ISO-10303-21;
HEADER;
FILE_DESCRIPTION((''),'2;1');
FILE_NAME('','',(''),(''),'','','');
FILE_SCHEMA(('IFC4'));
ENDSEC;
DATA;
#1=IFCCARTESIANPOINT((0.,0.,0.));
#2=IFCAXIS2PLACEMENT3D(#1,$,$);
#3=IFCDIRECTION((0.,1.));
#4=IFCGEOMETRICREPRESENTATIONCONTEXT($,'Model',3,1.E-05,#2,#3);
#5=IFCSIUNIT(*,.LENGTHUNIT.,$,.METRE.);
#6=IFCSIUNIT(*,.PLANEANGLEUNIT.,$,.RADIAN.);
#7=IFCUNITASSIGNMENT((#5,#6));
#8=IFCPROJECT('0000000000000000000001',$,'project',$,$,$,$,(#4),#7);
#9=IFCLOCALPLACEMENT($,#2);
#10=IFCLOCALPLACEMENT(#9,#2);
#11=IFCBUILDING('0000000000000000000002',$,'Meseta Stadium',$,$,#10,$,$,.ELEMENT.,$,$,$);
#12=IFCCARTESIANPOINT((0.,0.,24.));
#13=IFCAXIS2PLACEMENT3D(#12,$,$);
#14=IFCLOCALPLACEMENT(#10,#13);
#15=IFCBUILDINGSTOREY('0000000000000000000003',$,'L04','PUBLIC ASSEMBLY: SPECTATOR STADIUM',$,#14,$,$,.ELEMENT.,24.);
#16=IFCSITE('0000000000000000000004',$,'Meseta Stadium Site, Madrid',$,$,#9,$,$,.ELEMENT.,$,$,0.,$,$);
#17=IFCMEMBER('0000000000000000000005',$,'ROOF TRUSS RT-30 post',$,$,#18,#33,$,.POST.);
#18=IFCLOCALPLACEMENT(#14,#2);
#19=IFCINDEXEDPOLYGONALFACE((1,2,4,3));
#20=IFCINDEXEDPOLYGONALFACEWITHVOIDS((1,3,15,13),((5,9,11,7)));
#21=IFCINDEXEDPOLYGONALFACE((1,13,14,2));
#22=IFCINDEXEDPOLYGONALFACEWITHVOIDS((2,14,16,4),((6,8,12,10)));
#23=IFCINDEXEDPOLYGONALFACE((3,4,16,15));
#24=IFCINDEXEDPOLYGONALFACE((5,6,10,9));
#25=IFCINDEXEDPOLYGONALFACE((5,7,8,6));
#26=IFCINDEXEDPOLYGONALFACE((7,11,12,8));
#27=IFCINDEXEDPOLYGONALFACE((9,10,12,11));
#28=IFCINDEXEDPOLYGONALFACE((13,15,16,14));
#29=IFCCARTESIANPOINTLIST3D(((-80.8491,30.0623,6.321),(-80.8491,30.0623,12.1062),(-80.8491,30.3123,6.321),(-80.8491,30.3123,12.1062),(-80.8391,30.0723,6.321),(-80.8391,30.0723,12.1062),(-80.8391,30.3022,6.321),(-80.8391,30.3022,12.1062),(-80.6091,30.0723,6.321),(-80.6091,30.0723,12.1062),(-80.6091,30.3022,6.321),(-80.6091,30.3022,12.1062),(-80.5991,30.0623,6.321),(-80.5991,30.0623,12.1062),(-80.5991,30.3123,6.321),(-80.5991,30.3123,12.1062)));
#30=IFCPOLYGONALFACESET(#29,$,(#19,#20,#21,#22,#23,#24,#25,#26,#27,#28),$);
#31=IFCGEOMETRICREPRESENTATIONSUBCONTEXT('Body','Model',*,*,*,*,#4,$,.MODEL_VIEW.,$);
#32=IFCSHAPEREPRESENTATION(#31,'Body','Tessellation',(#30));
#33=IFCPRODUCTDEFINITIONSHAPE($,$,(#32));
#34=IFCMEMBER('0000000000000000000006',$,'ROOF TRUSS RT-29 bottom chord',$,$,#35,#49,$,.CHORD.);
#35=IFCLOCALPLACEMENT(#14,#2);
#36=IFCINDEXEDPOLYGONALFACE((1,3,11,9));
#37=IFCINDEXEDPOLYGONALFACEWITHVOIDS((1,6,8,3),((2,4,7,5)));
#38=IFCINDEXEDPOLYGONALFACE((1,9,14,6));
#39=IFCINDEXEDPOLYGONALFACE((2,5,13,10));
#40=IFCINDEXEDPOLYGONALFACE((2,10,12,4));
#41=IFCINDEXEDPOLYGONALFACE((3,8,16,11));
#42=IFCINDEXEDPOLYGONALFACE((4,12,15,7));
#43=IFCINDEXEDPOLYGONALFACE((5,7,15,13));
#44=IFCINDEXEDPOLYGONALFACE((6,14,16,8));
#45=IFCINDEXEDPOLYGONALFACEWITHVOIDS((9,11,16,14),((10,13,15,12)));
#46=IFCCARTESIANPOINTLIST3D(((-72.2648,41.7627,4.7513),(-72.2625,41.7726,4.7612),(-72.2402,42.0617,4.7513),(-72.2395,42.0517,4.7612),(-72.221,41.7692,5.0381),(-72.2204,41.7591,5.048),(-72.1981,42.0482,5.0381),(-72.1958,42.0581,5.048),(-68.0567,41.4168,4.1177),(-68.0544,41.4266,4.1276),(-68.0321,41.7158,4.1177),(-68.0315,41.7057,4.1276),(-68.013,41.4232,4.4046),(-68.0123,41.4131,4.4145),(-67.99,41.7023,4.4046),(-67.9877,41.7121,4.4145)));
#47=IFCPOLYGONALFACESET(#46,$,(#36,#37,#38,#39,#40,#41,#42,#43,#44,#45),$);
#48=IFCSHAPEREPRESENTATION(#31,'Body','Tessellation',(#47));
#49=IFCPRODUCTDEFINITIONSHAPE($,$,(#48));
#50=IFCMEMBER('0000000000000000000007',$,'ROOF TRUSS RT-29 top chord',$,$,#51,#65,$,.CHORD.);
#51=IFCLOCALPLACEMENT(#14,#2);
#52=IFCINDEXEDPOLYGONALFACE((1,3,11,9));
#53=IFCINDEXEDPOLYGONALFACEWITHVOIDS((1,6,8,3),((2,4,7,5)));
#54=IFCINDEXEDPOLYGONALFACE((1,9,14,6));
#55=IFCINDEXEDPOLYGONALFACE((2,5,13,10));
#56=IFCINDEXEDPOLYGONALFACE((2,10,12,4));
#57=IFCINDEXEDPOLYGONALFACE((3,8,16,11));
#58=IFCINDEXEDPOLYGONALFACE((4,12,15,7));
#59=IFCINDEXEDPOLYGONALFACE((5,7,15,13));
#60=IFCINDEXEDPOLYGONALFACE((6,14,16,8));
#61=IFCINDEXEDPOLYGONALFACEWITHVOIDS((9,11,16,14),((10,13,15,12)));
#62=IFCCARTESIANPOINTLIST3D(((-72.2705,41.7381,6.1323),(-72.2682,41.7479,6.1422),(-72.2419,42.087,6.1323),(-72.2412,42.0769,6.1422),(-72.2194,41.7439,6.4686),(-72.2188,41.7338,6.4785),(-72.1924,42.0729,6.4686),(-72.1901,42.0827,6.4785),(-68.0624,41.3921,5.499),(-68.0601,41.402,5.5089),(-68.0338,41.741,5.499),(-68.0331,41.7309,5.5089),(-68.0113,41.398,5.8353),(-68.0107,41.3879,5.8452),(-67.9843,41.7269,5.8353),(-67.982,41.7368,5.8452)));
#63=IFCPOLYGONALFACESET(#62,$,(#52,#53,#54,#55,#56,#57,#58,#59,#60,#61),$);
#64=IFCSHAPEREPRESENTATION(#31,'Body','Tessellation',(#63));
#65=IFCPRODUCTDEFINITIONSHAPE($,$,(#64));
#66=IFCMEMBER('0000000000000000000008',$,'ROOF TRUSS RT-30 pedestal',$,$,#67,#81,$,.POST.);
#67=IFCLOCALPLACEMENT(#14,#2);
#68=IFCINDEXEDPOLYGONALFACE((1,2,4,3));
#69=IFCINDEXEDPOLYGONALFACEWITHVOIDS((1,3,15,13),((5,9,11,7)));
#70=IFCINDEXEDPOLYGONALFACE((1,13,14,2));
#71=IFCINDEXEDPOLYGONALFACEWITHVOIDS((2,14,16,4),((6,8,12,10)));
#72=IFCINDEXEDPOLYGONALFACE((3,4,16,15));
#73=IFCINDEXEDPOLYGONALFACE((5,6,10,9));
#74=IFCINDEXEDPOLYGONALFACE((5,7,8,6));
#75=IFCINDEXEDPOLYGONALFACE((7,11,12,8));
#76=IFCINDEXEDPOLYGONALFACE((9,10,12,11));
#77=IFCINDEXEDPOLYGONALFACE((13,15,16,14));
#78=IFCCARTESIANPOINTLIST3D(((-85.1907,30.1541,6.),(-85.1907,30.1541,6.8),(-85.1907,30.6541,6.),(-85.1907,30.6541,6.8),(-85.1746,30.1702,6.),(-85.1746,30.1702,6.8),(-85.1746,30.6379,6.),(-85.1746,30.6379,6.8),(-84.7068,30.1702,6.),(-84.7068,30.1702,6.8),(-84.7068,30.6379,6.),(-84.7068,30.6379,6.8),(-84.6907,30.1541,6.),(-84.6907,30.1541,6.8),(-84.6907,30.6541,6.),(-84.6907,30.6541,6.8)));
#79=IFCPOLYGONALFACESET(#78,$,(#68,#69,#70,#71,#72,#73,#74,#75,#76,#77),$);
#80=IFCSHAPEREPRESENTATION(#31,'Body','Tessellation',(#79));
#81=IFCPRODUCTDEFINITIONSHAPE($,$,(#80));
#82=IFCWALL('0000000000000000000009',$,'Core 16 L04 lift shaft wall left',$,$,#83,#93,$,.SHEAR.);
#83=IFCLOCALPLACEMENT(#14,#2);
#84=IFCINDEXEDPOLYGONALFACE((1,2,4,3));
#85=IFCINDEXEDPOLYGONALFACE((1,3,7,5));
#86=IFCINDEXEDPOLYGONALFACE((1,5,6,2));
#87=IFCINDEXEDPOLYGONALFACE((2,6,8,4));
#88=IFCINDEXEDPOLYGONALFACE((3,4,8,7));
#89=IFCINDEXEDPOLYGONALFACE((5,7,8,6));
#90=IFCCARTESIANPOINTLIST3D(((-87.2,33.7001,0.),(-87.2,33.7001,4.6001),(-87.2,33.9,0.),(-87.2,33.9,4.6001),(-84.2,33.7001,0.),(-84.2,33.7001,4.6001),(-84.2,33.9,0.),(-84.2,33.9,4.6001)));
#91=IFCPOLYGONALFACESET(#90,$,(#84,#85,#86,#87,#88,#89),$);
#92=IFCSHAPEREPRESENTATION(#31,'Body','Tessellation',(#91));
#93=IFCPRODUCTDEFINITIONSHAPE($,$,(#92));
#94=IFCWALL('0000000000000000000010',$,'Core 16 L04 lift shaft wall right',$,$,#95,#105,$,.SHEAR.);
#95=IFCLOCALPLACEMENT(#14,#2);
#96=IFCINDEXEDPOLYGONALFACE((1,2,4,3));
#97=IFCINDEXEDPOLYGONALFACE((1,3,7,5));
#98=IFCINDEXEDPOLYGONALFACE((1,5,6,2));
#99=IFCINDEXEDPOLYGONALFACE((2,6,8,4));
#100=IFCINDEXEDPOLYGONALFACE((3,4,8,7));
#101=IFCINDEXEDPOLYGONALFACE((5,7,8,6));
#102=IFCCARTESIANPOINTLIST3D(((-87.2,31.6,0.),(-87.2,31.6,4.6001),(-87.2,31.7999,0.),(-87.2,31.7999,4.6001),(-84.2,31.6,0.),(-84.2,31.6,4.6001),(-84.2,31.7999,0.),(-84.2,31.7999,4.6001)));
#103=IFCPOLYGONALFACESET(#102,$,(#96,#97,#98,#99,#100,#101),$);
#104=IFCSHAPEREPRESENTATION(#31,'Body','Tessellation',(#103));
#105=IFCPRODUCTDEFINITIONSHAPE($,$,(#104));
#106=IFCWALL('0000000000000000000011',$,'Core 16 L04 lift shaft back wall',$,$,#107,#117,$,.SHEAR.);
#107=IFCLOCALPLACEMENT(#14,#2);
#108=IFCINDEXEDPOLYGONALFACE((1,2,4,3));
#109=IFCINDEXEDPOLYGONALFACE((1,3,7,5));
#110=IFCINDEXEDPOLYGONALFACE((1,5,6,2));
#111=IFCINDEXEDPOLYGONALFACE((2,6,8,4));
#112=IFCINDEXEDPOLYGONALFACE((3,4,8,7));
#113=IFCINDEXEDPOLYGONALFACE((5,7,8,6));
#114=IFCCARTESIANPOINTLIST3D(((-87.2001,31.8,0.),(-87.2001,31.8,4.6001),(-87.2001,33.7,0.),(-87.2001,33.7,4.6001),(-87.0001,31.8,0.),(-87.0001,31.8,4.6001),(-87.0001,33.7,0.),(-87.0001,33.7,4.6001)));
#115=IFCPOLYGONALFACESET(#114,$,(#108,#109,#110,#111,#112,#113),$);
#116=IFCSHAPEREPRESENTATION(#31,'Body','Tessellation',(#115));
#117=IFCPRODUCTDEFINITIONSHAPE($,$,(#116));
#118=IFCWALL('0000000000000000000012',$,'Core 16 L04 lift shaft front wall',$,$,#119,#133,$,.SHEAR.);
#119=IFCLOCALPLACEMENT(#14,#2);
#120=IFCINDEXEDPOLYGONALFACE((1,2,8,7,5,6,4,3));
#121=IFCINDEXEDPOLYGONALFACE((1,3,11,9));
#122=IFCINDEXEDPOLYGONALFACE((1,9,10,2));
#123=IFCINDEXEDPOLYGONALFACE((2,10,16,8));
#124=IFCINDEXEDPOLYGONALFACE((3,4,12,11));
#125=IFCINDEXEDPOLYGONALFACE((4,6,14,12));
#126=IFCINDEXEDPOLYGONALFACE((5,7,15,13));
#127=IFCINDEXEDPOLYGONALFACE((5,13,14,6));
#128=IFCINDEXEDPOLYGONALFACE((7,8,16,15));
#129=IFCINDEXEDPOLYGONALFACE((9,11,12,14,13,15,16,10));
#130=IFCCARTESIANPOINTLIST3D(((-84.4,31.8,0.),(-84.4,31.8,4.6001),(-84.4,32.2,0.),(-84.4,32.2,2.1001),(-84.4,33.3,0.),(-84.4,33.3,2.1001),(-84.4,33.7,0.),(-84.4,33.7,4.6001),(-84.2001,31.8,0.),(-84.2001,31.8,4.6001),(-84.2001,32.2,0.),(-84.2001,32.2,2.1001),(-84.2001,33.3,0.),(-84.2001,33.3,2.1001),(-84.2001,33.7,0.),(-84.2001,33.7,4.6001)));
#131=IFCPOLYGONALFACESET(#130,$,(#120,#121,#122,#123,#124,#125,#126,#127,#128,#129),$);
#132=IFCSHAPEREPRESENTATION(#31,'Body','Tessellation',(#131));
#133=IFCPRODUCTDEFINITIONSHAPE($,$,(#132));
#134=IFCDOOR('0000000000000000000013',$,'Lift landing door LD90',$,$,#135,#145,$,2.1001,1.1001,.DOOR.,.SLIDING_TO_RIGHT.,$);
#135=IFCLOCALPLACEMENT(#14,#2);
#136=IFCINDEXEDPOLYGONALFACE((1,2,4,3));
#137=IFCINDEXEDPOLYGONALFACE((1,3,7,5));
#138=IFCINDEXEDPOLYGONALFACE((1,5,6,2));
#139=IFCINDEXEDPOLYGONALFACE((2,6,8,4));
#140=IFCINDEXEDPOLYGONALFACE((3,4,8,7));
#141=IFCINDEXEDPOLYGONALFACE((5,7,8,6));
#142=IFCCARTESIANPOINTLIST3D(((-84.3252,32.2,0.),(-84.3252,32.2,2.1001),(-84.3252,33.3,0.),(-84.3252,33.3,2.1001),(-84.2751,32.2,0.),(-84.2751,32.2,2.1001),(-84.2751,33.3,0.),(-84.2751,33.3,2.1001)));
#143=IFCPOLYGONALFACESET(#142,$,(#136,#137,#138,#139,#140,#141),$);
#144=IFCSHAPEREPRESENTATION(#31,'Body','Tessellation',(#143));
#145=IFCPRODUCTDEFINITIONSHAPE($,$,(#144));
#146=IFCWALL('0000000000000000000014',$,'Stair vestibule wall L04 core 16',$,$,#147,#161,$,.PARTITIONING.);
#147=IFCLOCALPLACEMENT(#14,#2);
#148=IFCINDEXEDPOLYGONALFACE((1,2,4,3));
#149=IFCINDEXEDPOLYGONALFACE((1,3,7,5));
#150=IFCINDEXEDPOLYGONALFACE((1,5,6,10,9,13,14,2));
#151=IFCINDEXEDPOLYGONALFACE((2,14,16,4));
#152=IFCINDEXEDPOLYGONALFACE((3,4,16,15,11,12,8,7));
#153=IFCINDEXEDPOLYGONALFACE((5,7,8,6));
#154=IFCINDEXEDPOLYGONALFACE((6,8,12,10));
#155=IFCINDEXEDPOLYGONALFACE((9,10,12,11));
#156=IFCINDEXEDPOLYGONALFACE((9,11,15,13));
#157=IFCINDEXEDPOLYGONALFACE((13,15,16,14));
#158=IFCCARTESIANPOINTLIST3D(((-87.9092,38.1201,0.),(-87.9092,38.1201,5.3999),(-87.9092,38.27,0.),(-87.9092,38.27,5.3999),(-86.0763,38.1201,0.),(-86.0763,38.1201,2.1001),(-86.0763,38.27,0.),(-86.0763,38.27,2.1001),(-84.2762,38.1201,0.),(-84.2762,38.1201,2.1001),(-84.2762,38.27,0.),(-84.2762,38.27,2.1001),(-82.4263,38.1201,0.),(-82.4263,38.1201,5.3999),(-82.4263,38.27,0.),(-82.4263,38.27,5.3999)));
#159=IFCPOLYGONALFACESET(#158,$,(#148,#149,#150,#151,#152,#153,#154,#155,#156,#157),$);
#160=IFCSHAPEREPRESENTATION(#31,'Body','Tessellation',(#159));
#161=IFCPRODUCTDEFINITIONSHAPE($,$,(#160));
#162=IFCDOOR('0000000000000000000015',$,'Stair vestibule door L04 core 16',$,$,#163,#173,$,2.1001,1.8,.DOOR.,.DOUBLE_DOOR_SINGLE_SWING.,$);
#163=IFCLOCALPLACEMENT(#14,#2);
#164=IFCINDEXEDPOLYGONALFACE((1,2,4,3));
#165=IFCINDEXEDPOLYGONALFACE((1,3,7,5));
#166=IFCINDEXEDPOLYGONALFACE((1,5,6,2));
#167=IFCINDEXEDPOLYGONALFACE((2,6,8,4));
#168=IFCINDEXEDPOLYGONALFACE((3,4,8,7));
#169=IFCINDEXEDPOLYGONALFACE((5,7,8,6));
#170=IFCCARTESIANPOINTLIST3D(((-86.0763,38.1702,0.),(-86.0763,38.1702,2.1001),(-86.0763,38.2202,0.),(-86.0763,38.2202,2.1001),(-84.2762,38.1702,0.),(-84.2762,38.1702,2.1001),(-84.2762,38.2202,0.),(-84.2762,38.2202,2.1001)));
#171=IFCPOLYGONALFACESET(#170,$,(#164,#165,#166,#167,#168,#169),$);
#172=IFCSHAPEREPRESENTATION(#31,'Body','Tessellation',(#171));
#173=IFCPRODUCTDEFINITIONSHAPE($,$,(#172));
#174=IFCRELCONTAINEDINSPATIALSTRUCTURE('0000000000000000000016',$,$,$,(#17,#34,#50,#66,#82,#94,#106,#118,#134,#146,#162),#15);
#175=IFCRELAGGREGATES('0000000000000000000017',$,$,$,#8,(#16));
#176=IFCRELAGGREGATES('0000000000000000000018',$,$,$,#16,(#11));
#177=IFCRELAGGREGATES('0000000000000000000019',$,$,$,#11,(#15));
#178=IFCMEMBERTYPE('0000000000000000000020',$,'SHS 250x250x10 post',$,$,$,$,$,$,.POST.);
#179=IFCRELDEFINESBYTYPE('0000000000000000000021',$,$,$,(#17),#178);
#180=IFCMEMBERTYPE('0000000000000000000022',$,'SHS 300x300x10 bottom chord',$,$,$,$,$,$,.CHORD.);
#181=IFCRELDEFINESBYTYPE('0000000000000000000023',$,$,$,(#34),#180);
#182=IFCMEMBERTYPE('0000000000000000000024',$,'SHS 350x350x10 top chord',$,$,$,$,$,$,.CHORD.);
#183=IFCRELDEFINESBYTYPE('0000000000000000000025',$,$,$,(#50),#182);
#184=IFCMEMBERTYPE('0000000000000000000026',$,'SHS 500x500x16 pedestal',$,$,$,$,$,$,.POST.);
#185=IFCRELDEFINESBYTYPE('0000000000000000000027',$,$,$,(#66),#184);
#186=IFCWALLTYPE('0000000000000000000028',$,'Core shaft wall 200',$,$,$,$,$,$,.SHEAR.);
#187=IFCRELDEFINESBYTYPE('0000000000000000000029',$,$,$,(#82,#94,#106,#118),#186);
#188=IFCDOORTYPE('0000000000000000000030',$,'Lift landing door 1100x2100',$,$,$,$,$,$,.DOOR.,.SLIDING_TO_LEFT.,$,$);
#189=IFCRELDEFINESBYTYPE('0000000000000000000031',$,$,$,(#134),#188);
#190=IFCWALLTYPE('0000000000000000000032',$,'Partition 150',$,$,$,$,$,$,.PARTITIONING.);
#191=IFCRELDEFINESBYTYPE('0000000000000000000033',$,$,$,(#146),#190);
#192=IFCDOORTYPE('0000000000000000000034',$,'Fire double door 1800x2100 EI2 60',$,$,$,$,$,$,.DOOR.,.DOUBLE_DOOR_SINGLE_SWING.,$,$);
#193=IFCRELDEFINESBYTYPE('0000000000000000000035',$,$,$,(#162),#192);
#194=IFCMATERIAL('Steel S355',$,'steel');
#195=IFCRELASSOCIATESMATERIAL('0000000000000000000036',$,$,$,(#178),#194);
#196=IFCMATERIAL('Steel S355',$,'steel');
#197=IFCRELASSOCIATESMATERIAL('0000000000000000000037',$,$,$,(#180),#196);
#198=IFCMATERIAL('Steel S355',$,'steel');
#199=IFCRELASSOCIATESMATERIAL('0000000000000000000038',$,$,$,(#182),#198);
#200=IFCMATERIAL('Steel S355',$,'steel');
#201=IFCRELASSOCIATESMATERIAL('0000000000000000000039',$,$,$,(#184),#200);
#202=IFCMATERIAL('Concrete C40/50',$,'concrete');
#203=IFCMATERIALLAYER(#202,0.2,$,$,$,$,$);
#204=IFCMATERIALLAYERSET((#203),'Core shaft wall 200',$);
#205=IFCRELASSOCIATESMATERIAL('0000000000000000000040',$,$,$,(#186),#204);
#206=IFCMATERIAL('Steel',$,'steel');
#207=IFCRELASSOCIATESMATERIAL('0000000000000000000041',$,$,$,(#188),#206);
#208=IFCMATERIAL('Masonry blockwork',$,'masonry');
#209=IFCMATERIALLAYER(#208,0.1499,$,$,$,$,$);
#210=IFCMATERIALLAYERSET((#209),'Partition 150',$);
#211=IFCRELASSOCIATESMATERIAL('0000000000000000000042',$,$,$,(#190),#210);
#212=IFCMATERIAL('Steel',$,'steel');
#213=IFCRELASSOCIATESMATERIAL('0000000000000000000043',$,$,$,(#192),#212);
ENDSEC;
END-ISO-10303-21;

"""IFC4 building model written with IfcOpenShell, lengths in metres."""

from ifc_helpers import new_model, si_unit, direction, frame, frame_2d, origin, origin_2d, place, context, subcontext, project, spatial, rectangle, hollow_rectangle, extrude, material, layer, layer_set, material_profile, profile_set, type_object, element, fill, save


model = new_model("IFC4")

# Units and contexts
model_context = context("Model", 3, precision=1e-05, world=origin(), true_north=direction((0.0, 1.0)))
body_context = subcontext(model_context, "Body", "Model", "MODEL_VIEW")
ifc_project = project(units=[si_unit("LENGTHUNIT", "METRE"), si_unit("PLANEANGLEUNIT", "RADIAN")], contexts=[model_context])

# Site, building, storey
site_placement = place(None, origin())
site = spatial("IfcSite", under=ifc_project, at=site_placement, Name="Meseta Stadium Site, Madrid", CompositionType="ELEMENT", RefElevation=0.0)
building_placement = place(site_placement, origin())
building = spatial("IfcBuilding", under=site, at=building_placement, Name="Meseta Stadium", CompositionType="ELEMENT")
storey_placement = place(building_placement, frame((0.0, 0.0, 24.0)))
storey = spatial("IfcBuildingStorey", under=building, at=storey_placement, Name="L04", Description="PUBLIC ASSEMBLY: SPECTATOR STADIUM", CompositionType="ELEMENT", Elevation=24.0)

# Members
ifc_material_1 = material(Name="Steel S355", Category="steel")
ifc_material_profile_1 = material_profile(ifc_material_1, hollow_rectangle(XDim=0.25, YDim=0.25, WallThickness=0.01, at=origin_2d()), Name="SHS 250x250x10")
ifc_profile_set_1 = profile_set([ifc_material_profile_1], Name="Steel S355")
member_type_1 = type_object("IfcMemberType", Name="SHS 250x250x10 post", PredefinedType="POST", material=ifc_profile_set_1)
member_1_placement = place(storey_placement, frame((-80.7241, 30.1873, 6.321), z_axis=(0.0, 0.0, 1.0), x_axis=(1.0, 0.0, 0.0)))
element("IfcMember", 1, at=member_1_placement, inside=storey, type_object=member_type_1, Name="ROOF TRUSS RT-30 post", PredefinedType="POST", context=body_context, shape_type="SweptSolid", body=[
    extrude(hollow_rectangle(XDim=0.25, YDim=0.25, WallThickness=0.01, at=origin_2d()), origin(), (0.0, 0.0, 1.0), 5.7852),
])
ifc_material_2 = material(Name="Steel S355", Category="steel")
ifc_material_profile_2 = material_profile(ifc_material_2, hollow_rectangle(XDim=0.3, YDim=0.3, WallThickness=0.01, at=origin_2d()), Name="SHS 300x300x10")
ifc_profile_set_2 = profile_set([ifc_material_profile_2], Name="Steel S355")
member_type_2 = type_object("IfcMemberType", Name="SHS 300x300x10 bottom chord", PredefinedType="CHORD", material=ifc_profile_set_2)
member_2_placement = place(storey_placement, frame((-68.0222, 41.5645, 4.2661), z_axis=(-0.985604, 0.081028, 0.14839), x_axis=(-0.081935, -0.996638, 0.0)))
element("IfcMember", 2, at=member_2_placement, inside=storey, type_object=member_type_2, Name="ROOF TRUSS RT-29 bottom chord", PredefinedType="CHORD", context=body_context, shape_type="SweptSolid", body=[
    extrude(hollow_rectangle(XDim=0.3, YDim=0.3, WallThickness=0.01, at=origin_2d()), origin(), (0.0, 0.0, 1.0), 4.2695),
])
ifc_material_3 = material(Name="Steel S355", Category="steel")
ifc_material_profile_3 = material_profile(ifc_material_3, hollow_rectangle(XDim=0.3501, YDim=0.3501, WallThickness=0.01, at=origin_2d()), Name="SHS 350x350x10")
ifc_profile_set_3 = profile_set([ifc_material_profile_3], Name="Steel S355")
member_type_3 = type_object("IfcMemberType", Name="SHS 350x350x10 top chord", PredefinedType="CHORD", material=ifc_profile_set_3)
member_3_placement = place(storey_placement, frame((-68.0222, 41.5645, 5.6721), z_axis=(-0.985612, 0.081029, 0.148334), x_axis=(-0.081935, -0.996638, 0.0)))
element("IfcMember", 3, at=member_3_placement, inside=storey, type_object=member_type_3, Name="ROOF TRUSS RT-29 top chord", PredefinedType="CHORD", context=body_context, shape_type="SweptSolid", body=[
    extrude(hollow_rectangle(XDim=0.3501, YDim=0.3501, WallThickness=0.01, at=origin_2d()), origin(), (0.0, 0.0, 1.0), 4.2695),
])
ifc_material_4 = material(Name="Steel S355", Category="steel")
ifc_material_profile_4 = material_profile(ifc_material_4, hollow_rectangle(XDim=0.5, YDim=0.5, WallThickness=0.0161, at=origin_2d()), Name="SHS 500x500x16")
ifc_profile_set_4 = profile_set([ifc_material_profile_4], Name="Steel S355")
member_type_4 = type_object("IfcMemberType", Name="SHS 500x500x16 pedestal", PredefinedType="POST", material=ifc_profile_set_4)
member_4_placement = place(storey_placement, frame((-84.9407, 30.4041, 6.0), z_axis=(0.0, 0.0, 1.0), x_axis=(1.0, 0.0, 0.0)))
element("IfcMember", 4, at=member_4_placement, inside=storey, type_object=member_type_4, Name="ROOF TRUSS RT-30 pedestal", PredefinedType="POST", context=body_context, shape_type="SweptSolid", body=[
    extrude(hollow_rectangle(XDim=0.5, YDim=0.5, WallThickness=0.0161, at=origin_2d()), origin(), (0.0, 0.0, 1.0), 0.8),
])

# Walls
ifc_material_5 = material(Name="Concrete C40/50", Category="concrete")
ifc_layer_1 = layer(ifc_material_5, 0.2)
ifc_layer_set_1 = layer_set([ifc_layer_1], Name="Core shaft wall 200")
wall_type_1 = type_object("IfcWallType", Name="Core shaft wall 200", PredefinedType="SHEAR", material=ifc_layer_set_1)
for number, where, z_axis, x_axis, name in (
    (5, (-87.2, 33.8, 0.0), (0.0, 0.0, 1.0), (1.0, 0.0, 0.0), "Core 16 L04 lift shaft wall left"),
    (6, (-87.2, 31.7, 0.0), (0.0, 0.0, 1.0), (1.0, 0.0, 0.0), "Core 16 L04 lift shaft wall right"),
):
    element("IfcWall", number, at=place(storey_placement, frame(where, z_axis=z_axis, x_axis=x_axis)), inside=storey, type_object=wall_type_1, Name=name, PredefinedType="SHEAR", context=body_context, shape_type="SweptSolid", body=[
        extrude(rectangle(XDim=3.0, YDim=0.2, at=frame_2d((1.5, 0.0))), origin(), (0.0, 0.0, 1.0), 4.6001),
    ])
wall_1_placement = place(storey_placement, frame((-87.1001, 33.7, 0.0), z_axis=(0.0, 0.0, 1.0), x_axis=(0.0, -1.0, 0.0)))
element("IfcWall", 7, at=wall_1_placement, inside=storey, type_object=wall_type_1, Name="Core 16 L04 lift shaft back wall", PredefinedType="SHEAR", context=body_context, shape_type="SweptSolid", body=[
    extrude(rectangle(XDim=1.8999, YDim=0.2, at=frame_2d((0.95, 0.0))), origin(), (0.0, 0.0, 1.0), 4.6001),
])

# Walls, openings, doors
wall_2_placement = place(storey_placement, frame((-84.3, 33.7, 0.0), z_axis=(0.0, 0.0, 1.0), x_axis=(0.0, -1.0, 0.0)))
wall_2 = element("IfcWall", 8, at=wall_2_placement, inside=storey, type_object=wall_type_1, Name="Core 16 L04 lift shaft front wall", PredefinedType="SHEAR", context=body_context, shape_type="SweptSolid", body=[
    extrude(rectangle(XDim=1.8999, YDim=0.2, at=frame_2d((0.95, 0.0))), origin(), (0.0, 0.0, 1.0), 4.6001),
])
opening_1_placement = place(wall_2_placement, frame((0.3999, 0.0, 0.0)))
opening_1 = element("IfcOpeningElement", 9, at=opening_1_placement, cuts=wall_2, PredefinedType="OPENING", context=body_context, shape_type="SweptSolid", body=[
    extrude(rectangle(XDim=1.1001, YDim=2.1001, at=frame_2d((0.55, 1.05))), frame((0.0, 0.1099, 0.0), z_axis=(0.0, -1.0, 0.0), x_axis=(1.0, 0.0, 0.0)), (0.0, 0.0, 1.0), 0.22),
])
ifc_material_6 = material(Name="Steel", Category="steel")
door_type_1 = type_object("IfcDoorType", Name="Lift landing door 1100x2100", OperationType="SLIDING_TO_LEFT", PredefinedType="DOOR", material=ifc_material_6)
door_1_placement = place(opening_1_placement, origin())
door_1 = element("IfcDoor", 10, at=door_1_placement, inside=storey, type_object=door_type_1, Name="Lift landing door LD90", OperationType="SLIDING_TO_RIGHT", OverallHeight=2.1001, OverallWidth=1.1001, PredefinedType="DOOR", context=body_context, shape_type="SweptSolid", body=[
    extrude(rectangle(XDim=1.1001, YDim=2.1001, at=frame_2d((0.55, 1.05))), frame((0.0, 0.0249, 0.0), z_axis=(0.0, -1.0, 0.0), x_axis=(1.0, 0.0, 0.0)), (0.0, 0.0, 1.0), 0.05),
])
fill(opening_1, door_1)
ifc_material_7 = material(Name="Masonry blockwork", Category="masonry")
ifc_layer_2 = layer(ifc_material_7, 0.1499)
ifc_layer_set_2 = layer_set([ifc_layer_2], Name="Partition 150")
wall_type_2 = type_object("IfcWallType", Name="Partition 150", PredefinedType="PARTITIONING", material=ifc_layer_set_2)
wall_3_placement = place(storey_placement, frame((-82.4263, 38.1951, 0.0), z_axis=(0.0, 0.0, 1.0), x_axis=(-1.0, 0.0, 0.0)))
wall_3 = element("IfcWall", 11, at=wall_3_placement, inside=storey, type_object=wall_type_2, Name="Stair vestibule wall L04 core 16", PredefinedType="PARTITIONING", context=body_context, shape_type="SweptSolid", body=[
    extrude(rectangle(XDim=5.4829, YDim=0.1499, at=frame_2d((2.7415, 0.0))), origin(), (0.0, 0.0, 1.0), 5.3999),
])
opening_2_placement = place(wall_3_placement, frame((1.8501, 0.0, 0.0)))
opening_2 = element("IfcOpeningElement", 12, at=opening_2_placement, cuts=wall_3, PredefinedType="OPENING", context=body_context, shape_type="SweptSolid", body=[
    extrude(rectangle(XDim=1.8, YDim=2.1001, at=frame_2d((0.8999, 1.05))), frame((0.0, 0.085, 0.0), z_axis=(0.0, -1.0, 0.0), x_axis=(1.0, 0.0, 0.0)), (0.0, 0.0, 1.0), 0.1699),
])
ifc_material_8 = material(Name="Steel", Category="steel")
door_type_2 = type_object("IfcDoorType", Name="Fire double door 1800x2100 EI2 60", OperationType="DOUBLE_DOOR_SINGLE_SWING", PredefinedType="DOOR", material=ifc_material_8)
door_2_placement = place(opening_2_placement, origin())
door_2 = element("IfcDoor", 13, at=door_2_placement, inside=storey, type_object=door_type_2, Name="Stair vestibule door L04 core 16", OperationType="DOUBLE_DOOR_SINGLE_SWING", OverallHeight=2.1001, OverallWidth=1.8, PredefinedType="DOOR", context=body_context, shape_type="SweptSolid", body=[
    extrude(rectangle(XDim=1.8, YDim=2.1001, at=frame_2d((0.8999, 1.05))), frame((0.0, 0.0249, 0.0), z_axis=(0.0, -1.0, 0.0), x_axis=(1.0, 0.0, 0.0)), (0.0, 0.0, 1.0), 0.05),
])
fill(opening_2, door_2)

save(model, "model.ifc")
